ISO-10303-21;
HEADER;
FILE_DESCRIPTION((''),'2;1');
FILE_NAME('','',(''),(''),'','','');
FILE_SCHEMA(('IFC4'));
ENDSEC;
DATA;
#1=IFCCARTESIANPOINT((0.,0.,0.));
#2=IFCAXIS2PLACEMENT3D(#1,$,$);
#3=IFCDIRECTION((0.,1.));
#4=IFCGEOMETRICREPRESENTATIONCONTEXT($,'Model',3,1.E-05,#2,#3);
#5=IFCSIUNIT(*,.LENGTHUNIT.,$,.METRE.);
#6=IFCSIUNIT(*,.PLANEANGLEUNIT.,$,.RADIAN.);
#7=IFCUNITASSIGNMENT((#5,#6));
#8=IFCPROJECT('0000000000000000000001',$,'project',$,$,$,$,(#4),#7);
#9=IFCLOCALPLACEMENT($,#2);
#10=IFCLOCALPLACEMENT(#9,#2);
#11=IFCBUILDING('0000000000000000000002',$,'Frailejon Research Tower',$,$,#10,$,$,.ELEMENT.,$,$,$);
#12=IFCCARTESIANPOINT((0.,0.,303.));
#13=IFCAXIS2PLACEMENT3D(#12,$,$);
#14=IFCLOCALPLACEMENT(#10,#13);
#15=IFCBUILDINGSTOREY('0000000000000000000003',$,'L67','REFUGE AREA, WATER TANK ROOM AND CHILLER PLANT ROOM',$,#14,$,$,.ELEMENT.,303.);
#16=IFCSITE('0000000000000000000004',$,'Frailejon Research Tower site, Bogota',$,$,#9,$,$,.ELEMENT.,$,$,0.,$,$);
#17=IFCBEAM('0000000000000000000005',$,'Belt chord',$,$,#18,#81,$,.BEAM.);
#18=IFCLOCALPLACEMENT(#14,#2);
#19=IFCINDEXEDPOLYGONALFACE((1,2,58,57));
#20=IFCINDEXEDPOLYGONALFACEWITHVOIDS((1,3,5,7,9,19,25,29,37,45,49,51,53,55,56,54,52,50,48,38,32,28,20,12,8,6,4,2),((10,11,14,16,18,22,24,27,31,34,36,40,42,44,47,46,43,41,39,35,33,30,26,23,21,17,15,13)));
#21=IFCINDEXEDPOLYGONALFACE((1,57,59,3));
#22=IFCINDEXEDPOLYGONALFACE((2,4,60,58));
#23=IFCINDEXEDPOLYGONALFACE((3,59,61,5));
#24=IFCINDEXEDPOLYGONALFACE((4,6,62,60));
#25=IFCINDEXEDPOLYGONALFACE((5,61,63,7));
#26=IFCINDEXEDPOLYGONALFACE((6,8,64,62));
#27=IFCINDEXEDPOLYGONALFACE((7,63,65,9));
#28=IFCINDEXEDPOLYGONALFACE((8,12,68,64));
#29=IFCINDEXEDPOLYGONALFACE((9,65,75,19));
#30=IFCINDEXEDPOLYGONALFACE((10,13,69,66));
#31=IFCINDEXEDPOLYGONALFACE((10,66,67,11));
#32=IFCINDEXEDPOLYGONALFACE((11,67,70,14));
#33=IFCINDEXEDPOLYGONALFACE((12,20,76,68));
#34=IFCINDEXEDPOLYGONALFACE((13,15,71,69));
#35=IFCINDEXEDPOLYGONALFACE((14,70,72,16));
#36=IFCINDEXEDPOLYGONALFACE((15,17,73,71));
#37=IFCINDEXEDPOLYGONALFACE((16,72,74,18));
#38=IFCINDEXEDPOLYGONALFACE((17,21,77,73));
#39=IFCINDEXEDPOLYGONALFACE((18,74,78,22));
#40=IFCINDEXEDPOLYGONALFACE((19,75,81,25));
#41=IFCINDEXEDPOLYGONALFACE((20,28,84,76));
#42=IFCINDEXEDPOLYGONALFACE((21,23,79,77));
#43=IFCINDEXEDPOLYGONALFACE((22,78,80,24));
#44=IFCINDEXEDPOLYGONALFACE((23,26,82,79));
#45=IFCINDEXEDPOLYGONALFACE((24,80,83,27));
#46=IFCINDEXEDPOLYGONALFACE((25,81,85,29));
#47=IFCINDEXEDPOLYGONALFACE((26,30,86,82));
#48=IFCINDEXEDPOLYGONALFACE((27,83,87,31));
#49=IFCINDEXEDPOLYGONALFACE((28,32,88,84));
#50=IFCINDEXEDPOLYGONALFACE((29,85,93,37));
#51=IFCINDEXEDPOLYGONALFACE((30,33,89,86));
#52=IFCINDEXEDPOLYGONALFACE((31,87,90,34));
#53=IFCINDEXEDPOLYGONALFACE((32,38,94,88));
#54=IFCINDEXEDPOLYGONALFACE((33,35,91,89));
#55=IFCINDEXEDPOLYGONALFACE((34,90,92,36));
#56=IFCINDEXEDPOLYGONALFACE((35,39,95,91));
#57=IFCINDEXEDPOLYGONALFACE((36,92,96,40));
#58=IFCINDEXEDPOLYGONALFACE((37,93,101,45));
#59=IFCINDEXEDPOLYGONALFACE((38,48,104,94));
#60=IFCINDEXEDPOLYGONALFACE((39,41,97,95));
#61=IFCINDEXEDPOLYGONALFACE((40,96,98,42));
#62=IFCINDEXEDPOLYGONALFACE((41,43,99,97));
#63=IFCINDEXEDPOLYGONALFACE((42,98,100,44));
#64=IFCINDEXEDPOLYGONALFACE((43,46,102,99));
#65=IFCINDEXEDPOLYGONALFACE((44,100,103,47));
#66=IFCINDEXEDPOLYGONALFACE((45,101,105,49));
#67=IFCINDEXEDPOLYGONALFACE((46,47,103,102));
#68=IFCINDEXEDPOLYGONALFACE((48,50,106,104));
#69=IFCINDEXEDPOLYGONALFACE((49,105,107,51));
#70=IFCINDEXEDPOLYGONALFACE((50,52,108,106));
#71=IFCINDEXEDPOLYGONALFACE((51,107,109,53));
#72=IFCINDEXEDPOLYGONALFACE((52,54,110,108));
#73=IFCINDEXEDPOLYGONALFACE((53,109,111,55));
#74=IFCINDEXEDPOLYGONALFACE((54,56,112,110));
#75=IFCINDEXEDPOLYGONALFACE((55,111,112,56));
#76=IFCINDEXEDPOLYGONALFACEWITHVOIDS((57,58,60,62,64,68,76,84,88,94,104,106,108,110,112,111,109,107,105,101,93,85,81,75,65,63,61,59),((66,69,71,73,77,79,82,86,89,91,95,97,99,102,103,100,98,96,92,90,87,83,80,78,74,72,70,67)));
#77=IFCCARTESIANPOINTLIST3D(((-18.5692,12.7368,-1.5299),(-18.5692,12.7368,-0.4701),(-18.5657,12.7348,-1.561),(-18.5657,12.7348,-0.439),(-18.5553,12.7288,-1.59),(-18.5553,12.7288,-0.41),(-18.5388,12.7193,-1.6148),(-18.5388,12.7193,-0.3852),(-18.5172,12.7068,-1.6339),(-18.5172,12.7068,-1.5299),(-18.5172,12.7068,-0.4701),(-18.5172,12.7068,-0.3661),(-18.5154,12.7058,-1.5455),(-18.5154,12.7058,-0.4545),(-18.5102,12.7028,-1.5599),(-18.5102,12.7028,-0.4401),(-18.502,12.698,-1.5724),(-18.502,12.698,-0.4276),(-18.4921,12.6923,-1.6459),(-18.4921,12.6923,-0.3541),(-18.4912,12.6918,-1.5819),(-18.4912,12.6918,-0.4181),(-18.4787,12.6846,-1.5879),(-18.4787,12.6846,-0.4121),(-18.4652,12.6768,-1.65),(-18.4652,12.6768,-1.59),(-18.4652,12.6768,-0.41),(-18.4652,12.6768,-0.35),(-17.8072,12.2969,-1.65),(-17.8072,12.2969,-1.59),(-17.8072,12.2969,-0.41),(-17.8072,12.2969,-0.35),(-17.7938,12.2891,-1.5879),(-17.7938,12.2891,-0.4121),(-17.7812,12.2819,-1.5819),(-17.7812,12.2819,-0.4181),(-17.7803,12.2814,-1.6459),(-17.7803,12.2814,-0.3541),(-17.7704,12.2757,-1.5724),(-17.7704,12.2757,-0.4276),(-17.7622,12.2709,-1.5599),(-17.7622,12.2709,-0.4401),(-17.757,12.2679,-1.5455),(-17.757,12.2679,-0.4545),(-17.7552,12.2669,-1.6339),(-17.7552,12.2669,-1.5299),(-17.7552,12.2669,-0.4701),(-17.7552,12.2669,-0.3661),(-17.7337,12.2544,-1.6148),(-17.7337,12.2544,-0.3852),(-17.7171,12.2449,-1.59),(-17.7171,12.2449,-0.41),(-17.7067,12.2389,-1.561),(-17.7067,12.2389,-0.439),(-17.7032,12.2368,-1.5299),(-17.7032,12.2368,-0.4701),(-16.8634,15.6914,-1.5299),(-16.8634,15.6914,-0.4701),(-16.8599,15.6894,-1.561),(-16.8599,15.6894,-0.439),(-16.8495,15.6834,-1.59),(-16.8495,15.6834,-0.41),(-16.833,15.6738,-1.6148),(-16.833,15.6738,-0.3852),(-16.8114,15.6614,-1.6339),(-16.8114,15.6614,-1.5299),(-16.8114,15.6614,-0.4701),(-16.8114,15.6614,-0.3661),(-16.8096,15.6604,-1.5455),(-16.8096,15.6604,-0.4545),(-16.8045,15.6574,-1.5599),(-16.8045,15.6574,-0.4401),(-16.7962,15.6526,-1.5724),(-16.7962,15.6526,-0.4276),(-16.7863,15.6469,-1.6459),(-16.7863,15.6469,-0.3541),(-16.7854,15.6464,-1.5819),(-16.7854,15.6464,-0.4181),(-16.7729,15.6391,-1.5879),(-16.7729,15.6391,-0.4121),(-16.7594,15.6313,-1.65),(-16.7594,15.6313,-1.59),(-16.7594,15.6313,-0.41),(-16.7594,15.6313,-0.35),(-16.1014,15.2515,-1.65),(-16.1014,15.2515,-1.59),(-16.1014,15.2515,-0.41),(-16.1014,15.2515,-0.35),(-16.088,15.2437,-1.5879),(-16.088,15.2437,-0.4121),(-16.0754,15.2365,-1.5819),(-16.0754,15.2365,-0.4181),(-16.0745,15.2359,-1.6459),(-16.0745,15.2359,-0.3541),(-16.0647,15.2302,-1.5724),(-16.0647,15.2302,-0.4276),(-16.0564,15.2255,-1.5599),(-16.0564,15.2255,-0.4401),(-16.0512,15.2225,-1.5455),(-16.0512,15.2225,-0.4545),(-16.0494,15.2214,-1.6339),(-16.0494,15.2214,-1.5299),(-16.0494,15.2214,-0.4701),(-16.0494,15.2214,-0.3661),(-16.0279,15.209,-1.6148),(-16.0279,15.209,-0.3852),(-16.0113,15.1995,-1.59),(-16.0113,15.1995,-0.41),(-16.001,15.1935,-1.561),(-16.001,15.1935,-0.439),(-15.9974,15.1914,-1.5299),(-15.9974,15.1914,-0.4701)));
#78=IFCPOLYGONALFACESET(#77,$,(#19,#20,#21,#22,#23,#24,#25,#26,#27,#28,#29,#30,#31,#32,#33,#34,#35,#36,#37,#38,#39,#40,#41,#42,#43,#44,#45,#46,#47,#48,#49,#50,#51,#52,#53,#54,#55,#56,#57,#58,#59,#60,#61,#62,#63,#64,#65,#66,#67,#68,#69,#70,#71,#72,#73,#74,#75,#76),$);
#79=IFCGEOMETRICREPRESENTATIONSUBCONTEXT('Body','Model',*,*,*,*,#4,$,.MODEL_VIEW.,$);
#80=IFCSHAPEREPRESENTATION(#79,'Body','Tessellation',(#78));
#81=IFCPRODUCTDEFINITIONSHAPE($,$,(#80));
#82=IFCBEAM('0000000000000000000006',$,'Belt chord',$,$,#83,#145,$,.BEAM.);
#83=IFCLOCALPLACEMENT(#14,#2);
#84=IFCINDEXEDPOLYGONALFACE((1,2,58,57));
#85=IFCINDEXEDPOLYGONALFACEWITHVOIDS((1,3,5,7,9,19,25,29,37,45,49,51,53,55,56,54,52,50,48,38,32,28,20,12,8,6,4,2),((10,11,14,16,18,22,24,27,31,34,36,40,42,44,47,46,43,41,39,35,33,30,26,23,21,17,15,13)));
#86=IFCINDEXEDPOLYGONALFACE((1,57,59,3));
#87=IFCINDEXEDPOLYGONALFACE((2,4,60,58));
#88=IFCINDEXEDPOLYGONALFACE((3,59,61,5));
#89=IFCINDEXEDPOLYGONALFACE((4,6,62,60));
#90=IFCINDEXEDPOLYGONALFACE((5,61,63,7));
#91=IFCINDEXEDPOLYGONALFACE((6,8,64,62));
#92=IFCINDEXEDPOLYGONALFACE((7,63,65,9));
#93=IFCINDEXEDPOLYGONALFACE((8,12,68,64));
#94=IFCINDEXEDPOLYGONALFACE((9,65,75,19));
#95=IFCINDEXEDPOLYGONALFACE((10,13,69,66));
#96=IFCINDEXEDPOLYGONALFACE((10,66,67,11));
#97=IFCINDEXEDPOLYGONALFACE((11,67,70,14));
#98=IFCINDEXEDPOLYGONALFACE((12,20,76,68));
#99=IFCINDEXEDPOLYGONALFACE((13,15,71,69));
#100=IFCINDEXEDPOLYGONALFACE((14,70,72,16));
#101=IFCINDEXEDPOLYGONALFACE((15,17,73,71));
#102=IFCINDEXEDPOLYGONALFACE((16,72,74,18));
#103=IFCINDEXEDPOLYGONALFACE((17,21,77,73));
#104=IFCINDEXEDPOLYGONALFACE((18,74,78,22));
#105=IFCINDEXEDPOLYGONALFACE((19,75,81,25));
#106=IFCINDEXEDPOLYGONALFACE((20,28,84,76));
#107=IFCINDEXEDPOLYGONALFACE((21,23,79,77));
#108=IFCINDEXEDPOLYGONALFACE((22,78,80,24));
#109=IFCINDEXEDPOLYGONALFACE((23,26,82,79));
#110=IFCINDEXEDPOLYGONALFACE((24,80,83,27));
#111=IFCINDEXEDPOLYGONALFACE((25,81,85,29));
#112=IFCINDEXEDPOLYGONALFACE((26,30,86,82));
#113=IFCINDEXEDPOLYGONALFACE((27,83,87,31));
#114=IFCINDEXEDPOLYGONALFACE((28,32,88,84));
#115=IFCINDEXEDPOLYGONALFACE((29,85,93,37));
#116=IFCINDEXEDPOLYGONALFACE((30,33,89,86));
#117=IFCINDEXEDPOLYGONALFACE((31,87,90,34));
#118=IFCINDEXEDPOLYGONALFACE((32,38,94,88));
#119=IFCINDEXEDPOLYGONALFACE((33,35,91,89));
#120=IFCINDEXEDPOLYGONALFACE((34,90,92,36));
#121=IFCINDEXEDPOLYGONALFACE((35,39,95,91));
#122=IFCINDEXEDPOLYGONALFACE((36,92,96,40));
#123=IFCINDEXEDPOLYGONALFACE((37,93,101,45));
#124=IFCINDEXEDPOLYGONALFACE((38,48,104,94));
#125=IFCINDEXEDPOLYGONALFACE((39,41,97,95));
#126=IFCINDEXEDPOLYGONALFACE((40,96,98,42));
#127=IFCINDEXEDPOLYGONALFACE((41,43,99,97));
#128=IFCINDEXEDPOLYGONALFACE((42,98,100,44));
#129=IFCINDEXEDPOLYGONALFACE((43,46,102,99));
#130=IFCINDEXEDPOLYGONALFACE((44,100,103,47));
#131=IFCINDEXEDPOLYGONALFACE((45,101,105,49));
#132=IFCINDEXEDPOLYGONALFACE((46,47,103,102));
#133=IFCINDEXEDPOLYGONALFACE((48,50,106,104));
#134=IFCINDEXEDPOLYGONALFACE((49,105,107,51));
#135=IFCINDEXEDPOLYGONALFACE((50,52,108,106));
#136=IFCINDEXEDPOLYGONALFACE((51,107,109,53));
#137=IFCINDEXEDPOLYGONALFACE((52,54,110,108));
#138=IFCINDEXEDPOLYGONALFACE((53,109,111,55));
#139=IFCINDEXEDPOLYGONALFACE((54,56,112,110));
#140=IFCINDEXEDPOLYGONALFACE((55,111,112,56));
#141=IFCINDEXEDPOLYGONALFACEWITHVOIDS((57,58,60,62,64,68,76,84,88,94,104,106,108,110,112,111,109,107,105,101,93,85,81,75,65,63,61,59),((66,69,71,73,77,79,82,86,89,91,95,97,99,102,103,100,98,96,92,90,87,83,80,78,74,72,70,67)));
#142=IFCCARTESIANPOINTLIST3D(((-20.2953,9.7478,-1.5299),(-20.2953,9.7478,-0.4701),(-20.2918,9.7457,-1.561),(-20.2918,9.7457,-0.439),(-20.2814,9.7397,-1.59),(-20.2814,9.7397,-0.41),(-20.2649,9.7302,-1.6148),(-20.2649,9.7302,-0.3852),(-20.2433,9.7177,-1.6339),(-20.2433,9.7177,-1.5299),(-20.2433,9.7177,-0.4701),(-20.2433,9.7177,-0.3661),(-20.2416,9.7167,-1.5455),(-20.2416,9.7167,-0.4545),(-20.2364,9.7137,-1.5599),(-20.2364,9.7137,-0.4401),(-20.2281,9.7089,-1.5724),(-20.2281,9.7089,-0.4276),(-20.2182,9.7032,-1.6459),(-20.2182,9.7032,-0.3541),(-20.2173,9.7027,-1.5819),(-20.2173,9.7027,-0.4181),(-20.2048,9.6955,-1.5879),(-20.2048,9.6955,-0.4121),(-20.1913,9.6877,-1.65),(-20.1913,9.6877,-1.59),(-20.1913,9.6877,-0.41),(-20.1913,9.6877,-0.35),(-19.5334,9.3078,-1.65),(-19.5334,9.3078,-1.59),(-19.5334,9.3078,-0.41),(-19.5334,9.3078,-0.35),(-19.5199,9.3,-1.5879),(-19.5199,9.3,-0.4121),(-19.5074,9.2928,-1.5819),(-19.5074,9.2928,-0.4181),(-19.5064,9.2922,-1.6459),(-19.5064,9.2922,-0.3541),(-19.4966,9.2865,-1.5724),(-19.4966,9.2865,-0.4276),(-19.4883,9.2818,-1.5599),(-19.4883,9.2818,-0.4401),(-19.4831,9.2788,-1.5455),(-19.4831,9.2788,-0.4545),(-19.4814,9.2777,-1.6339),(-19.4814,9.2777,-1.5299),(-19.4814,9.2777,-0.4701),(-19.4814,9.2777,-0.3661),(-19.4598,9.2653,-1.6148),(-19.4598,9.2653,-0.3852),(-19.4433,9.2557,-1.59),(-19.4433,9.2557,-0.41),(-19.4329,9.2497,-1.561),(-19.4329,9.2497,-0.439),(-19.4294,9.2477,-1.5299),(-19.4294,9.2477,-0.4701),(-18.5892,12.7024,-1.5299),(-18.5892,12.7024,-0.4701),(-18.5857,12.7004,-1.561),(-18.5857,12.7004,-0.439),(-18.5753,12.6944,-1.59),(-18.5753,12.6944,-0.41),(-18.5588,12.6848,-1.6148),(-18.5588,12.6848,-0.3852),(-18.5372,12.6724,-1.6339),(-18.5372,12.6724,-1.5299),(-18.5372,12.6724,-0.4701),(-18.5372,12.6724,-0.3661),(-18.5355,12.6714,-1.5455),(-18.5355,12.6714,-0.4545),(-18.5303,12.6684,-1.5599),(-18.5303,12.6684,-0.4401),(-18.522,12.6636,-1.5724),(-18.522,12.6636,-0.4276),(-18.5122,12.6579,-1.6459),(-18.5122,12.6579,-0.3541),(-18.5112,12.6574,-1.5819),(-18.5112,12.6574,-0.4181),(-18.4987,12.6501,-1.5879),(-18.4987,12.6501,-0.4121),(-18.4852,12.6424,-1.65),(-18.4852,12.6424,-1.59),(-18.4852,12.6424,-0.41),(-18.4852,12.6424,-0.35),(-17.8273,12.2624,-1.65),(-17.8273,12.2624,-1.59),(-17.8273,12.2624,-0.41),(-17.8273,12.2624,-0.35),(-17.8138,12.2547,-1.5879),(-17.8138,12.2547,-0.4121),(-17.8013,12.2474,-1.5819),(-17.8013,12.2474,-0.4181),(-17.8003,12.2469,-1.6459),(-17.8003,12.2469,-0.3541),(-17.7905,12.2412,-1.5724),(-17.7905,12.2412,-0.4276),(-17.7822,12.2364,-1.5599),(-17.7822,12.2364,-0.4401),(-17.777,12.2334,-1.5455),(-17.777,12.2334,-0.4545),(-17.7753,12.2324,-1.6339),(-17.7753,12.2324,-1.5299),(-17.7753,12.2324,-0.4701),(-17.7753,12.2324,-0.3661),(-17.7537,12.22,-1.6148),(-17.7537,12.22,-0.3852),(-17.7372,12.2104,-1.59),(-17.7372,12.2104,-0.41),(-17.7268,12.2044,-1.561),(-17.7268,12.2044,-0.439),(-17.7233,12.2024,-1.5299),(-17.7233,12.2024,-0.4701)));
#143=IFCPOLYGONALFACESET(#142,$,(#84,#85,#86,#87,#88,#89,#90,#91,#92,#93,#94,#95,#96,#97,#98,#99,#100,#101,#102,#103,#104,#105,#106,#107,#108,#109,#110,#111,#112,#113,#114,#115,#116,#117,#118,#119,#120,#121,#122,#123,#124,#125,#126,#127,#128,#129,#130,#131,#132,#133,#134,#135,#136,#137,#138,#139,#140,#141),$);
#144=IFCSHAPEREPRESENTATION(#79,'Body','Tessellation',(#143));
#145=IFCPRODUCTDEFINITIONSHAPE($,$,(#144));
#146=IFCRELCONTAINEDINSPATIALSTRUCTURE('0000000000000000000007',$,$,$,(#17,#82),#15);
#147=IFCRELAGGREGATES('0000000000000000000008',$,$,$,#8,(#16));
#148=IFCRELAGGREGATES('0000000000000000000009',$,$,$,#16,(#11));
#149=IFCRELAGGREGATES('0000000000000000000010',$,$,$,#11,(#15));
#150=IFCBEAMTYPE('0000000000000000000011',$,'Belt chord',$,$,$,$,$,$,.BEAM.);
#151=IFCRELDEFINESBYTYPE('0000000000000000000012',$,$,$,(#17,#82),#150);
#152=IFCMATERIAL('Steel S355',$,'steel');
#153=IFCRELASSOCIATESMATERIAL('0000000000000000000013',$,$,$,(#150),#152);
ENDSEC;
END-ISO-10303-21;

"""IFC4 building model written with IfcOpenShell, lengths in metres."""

from ifc_helpers import new_model, si_unit, direction, frame, origin, origin_2d, place, context, subcontext, project, spatial, hollow_rectangle, extrude, material, material_profile, profile_set, type_object, element, save


model = new_model("IFC4")

# Units and contexts
model_context = context("Model", 3, precision=1e-05, world=origin(), true_north=direction((0.0, 1.0)))
body_context = subcontext(model_context, "Body", "Model", "MODEL_VIEW")
ifc_project = project(units=[si_unit("LENGTHUNIT", "METRE"), si_unit("PLANEANGLEUNIT", "RADIAN")], contexts=[model_context])

# Site, building, storey
site_placement = place(None, origin())
site = spatial("IfcSite", under=ifc_project, at=site_placement, Name="Frailejon Research Tower site, Bogota", CompositionType="ELEMENT", RefElevation=0.0)
building_placement = place(site_placement, origin())
building = spatial("IfcBuilding", under=site, at=building_placement, Name="Frailejon Research Tower", CompositionType="ELEMENT")
storey_placement = place(building_placement, frame((0.0, 0.0, 303.0)))
storey = spatial("IfcBuildingStorey", under=building, at=storey_placement, Name="L67", Description="REFUGE AREA, WATER TANK ROOM AND CHILLER PLANT ROOM", CompositionType="ELEMENT", Elevation=303.0)

# Beams
ifc_material_1 = material(Name="Steel S355", Category="steel")
ifc_material_profile_1 = material_profile(ifc_material_1, hollow_rectangle(XDim=1.0, YDim=1.3, WallThickness=0.0601, InnerFilletRadius=0.0601, OuterFilletRadius=0.1201, at=origin_2d()), Name="Belt chord")
ifc_profile_set_1 = profile_set([ifc_material_profile_1], Name="Steel S355")
beam_type_1 = type_object("IfcBeamType", Name="Belt chord", PredefinedType="BEAM", material=ifc_profile_set_1)
for number, where, z_axis, x_axis, name in (
    (1, (-16.4304, 15.4414, -1.0), (-0.499995, -0.866028, 0.0), (0.866028, -0.499995, 0.0), "Belt chord"),
):
    element("IfcBeam", number, at=place(storey_placement, frame(where, z_axis=z_axis, x_axis=x_axis)), inside=storey, type_object=beam_type_1, Name=name, PredefinedType="BEAM", context=body_context, shape_type="SweptSolid", body=[
        extrude(hollow_rectangle(XDim=1.0, YDim=1.3, WallThickness=0.0601, InnerFilletRadius=0.0601, OuterFilletRadius=0.1201, at=origin_2d()), origin(), (0.0, 0.0, 1.0), 3.4116),
    ])
beam_1_placement = place(storey_placement, frame((-18.1562, 12.4524, -1.0), z_axis=(-0.500049, -0.865997, 0.0), x_axis=(0.865997, -0.500049, 0.0)))
element("IfcBeam", 2, at=beam_1_placement, inside=storey, type_object=beam_type_1, Name="Belt chord", PredefinedType="BEAM", context=body_context, shape_type="SweptSolid", body=[
    extrude(hollow_rectangle(XDim=1.0, YDim=1.3, WallThickness=0.0601, InnerFilletRadius=0.0601, OuterFilletRadius=0.1201, at=origin_2d()), origin(), (0.0, 0.0, 1.0), 3.4119),
])

save(model, "model.ifc")
